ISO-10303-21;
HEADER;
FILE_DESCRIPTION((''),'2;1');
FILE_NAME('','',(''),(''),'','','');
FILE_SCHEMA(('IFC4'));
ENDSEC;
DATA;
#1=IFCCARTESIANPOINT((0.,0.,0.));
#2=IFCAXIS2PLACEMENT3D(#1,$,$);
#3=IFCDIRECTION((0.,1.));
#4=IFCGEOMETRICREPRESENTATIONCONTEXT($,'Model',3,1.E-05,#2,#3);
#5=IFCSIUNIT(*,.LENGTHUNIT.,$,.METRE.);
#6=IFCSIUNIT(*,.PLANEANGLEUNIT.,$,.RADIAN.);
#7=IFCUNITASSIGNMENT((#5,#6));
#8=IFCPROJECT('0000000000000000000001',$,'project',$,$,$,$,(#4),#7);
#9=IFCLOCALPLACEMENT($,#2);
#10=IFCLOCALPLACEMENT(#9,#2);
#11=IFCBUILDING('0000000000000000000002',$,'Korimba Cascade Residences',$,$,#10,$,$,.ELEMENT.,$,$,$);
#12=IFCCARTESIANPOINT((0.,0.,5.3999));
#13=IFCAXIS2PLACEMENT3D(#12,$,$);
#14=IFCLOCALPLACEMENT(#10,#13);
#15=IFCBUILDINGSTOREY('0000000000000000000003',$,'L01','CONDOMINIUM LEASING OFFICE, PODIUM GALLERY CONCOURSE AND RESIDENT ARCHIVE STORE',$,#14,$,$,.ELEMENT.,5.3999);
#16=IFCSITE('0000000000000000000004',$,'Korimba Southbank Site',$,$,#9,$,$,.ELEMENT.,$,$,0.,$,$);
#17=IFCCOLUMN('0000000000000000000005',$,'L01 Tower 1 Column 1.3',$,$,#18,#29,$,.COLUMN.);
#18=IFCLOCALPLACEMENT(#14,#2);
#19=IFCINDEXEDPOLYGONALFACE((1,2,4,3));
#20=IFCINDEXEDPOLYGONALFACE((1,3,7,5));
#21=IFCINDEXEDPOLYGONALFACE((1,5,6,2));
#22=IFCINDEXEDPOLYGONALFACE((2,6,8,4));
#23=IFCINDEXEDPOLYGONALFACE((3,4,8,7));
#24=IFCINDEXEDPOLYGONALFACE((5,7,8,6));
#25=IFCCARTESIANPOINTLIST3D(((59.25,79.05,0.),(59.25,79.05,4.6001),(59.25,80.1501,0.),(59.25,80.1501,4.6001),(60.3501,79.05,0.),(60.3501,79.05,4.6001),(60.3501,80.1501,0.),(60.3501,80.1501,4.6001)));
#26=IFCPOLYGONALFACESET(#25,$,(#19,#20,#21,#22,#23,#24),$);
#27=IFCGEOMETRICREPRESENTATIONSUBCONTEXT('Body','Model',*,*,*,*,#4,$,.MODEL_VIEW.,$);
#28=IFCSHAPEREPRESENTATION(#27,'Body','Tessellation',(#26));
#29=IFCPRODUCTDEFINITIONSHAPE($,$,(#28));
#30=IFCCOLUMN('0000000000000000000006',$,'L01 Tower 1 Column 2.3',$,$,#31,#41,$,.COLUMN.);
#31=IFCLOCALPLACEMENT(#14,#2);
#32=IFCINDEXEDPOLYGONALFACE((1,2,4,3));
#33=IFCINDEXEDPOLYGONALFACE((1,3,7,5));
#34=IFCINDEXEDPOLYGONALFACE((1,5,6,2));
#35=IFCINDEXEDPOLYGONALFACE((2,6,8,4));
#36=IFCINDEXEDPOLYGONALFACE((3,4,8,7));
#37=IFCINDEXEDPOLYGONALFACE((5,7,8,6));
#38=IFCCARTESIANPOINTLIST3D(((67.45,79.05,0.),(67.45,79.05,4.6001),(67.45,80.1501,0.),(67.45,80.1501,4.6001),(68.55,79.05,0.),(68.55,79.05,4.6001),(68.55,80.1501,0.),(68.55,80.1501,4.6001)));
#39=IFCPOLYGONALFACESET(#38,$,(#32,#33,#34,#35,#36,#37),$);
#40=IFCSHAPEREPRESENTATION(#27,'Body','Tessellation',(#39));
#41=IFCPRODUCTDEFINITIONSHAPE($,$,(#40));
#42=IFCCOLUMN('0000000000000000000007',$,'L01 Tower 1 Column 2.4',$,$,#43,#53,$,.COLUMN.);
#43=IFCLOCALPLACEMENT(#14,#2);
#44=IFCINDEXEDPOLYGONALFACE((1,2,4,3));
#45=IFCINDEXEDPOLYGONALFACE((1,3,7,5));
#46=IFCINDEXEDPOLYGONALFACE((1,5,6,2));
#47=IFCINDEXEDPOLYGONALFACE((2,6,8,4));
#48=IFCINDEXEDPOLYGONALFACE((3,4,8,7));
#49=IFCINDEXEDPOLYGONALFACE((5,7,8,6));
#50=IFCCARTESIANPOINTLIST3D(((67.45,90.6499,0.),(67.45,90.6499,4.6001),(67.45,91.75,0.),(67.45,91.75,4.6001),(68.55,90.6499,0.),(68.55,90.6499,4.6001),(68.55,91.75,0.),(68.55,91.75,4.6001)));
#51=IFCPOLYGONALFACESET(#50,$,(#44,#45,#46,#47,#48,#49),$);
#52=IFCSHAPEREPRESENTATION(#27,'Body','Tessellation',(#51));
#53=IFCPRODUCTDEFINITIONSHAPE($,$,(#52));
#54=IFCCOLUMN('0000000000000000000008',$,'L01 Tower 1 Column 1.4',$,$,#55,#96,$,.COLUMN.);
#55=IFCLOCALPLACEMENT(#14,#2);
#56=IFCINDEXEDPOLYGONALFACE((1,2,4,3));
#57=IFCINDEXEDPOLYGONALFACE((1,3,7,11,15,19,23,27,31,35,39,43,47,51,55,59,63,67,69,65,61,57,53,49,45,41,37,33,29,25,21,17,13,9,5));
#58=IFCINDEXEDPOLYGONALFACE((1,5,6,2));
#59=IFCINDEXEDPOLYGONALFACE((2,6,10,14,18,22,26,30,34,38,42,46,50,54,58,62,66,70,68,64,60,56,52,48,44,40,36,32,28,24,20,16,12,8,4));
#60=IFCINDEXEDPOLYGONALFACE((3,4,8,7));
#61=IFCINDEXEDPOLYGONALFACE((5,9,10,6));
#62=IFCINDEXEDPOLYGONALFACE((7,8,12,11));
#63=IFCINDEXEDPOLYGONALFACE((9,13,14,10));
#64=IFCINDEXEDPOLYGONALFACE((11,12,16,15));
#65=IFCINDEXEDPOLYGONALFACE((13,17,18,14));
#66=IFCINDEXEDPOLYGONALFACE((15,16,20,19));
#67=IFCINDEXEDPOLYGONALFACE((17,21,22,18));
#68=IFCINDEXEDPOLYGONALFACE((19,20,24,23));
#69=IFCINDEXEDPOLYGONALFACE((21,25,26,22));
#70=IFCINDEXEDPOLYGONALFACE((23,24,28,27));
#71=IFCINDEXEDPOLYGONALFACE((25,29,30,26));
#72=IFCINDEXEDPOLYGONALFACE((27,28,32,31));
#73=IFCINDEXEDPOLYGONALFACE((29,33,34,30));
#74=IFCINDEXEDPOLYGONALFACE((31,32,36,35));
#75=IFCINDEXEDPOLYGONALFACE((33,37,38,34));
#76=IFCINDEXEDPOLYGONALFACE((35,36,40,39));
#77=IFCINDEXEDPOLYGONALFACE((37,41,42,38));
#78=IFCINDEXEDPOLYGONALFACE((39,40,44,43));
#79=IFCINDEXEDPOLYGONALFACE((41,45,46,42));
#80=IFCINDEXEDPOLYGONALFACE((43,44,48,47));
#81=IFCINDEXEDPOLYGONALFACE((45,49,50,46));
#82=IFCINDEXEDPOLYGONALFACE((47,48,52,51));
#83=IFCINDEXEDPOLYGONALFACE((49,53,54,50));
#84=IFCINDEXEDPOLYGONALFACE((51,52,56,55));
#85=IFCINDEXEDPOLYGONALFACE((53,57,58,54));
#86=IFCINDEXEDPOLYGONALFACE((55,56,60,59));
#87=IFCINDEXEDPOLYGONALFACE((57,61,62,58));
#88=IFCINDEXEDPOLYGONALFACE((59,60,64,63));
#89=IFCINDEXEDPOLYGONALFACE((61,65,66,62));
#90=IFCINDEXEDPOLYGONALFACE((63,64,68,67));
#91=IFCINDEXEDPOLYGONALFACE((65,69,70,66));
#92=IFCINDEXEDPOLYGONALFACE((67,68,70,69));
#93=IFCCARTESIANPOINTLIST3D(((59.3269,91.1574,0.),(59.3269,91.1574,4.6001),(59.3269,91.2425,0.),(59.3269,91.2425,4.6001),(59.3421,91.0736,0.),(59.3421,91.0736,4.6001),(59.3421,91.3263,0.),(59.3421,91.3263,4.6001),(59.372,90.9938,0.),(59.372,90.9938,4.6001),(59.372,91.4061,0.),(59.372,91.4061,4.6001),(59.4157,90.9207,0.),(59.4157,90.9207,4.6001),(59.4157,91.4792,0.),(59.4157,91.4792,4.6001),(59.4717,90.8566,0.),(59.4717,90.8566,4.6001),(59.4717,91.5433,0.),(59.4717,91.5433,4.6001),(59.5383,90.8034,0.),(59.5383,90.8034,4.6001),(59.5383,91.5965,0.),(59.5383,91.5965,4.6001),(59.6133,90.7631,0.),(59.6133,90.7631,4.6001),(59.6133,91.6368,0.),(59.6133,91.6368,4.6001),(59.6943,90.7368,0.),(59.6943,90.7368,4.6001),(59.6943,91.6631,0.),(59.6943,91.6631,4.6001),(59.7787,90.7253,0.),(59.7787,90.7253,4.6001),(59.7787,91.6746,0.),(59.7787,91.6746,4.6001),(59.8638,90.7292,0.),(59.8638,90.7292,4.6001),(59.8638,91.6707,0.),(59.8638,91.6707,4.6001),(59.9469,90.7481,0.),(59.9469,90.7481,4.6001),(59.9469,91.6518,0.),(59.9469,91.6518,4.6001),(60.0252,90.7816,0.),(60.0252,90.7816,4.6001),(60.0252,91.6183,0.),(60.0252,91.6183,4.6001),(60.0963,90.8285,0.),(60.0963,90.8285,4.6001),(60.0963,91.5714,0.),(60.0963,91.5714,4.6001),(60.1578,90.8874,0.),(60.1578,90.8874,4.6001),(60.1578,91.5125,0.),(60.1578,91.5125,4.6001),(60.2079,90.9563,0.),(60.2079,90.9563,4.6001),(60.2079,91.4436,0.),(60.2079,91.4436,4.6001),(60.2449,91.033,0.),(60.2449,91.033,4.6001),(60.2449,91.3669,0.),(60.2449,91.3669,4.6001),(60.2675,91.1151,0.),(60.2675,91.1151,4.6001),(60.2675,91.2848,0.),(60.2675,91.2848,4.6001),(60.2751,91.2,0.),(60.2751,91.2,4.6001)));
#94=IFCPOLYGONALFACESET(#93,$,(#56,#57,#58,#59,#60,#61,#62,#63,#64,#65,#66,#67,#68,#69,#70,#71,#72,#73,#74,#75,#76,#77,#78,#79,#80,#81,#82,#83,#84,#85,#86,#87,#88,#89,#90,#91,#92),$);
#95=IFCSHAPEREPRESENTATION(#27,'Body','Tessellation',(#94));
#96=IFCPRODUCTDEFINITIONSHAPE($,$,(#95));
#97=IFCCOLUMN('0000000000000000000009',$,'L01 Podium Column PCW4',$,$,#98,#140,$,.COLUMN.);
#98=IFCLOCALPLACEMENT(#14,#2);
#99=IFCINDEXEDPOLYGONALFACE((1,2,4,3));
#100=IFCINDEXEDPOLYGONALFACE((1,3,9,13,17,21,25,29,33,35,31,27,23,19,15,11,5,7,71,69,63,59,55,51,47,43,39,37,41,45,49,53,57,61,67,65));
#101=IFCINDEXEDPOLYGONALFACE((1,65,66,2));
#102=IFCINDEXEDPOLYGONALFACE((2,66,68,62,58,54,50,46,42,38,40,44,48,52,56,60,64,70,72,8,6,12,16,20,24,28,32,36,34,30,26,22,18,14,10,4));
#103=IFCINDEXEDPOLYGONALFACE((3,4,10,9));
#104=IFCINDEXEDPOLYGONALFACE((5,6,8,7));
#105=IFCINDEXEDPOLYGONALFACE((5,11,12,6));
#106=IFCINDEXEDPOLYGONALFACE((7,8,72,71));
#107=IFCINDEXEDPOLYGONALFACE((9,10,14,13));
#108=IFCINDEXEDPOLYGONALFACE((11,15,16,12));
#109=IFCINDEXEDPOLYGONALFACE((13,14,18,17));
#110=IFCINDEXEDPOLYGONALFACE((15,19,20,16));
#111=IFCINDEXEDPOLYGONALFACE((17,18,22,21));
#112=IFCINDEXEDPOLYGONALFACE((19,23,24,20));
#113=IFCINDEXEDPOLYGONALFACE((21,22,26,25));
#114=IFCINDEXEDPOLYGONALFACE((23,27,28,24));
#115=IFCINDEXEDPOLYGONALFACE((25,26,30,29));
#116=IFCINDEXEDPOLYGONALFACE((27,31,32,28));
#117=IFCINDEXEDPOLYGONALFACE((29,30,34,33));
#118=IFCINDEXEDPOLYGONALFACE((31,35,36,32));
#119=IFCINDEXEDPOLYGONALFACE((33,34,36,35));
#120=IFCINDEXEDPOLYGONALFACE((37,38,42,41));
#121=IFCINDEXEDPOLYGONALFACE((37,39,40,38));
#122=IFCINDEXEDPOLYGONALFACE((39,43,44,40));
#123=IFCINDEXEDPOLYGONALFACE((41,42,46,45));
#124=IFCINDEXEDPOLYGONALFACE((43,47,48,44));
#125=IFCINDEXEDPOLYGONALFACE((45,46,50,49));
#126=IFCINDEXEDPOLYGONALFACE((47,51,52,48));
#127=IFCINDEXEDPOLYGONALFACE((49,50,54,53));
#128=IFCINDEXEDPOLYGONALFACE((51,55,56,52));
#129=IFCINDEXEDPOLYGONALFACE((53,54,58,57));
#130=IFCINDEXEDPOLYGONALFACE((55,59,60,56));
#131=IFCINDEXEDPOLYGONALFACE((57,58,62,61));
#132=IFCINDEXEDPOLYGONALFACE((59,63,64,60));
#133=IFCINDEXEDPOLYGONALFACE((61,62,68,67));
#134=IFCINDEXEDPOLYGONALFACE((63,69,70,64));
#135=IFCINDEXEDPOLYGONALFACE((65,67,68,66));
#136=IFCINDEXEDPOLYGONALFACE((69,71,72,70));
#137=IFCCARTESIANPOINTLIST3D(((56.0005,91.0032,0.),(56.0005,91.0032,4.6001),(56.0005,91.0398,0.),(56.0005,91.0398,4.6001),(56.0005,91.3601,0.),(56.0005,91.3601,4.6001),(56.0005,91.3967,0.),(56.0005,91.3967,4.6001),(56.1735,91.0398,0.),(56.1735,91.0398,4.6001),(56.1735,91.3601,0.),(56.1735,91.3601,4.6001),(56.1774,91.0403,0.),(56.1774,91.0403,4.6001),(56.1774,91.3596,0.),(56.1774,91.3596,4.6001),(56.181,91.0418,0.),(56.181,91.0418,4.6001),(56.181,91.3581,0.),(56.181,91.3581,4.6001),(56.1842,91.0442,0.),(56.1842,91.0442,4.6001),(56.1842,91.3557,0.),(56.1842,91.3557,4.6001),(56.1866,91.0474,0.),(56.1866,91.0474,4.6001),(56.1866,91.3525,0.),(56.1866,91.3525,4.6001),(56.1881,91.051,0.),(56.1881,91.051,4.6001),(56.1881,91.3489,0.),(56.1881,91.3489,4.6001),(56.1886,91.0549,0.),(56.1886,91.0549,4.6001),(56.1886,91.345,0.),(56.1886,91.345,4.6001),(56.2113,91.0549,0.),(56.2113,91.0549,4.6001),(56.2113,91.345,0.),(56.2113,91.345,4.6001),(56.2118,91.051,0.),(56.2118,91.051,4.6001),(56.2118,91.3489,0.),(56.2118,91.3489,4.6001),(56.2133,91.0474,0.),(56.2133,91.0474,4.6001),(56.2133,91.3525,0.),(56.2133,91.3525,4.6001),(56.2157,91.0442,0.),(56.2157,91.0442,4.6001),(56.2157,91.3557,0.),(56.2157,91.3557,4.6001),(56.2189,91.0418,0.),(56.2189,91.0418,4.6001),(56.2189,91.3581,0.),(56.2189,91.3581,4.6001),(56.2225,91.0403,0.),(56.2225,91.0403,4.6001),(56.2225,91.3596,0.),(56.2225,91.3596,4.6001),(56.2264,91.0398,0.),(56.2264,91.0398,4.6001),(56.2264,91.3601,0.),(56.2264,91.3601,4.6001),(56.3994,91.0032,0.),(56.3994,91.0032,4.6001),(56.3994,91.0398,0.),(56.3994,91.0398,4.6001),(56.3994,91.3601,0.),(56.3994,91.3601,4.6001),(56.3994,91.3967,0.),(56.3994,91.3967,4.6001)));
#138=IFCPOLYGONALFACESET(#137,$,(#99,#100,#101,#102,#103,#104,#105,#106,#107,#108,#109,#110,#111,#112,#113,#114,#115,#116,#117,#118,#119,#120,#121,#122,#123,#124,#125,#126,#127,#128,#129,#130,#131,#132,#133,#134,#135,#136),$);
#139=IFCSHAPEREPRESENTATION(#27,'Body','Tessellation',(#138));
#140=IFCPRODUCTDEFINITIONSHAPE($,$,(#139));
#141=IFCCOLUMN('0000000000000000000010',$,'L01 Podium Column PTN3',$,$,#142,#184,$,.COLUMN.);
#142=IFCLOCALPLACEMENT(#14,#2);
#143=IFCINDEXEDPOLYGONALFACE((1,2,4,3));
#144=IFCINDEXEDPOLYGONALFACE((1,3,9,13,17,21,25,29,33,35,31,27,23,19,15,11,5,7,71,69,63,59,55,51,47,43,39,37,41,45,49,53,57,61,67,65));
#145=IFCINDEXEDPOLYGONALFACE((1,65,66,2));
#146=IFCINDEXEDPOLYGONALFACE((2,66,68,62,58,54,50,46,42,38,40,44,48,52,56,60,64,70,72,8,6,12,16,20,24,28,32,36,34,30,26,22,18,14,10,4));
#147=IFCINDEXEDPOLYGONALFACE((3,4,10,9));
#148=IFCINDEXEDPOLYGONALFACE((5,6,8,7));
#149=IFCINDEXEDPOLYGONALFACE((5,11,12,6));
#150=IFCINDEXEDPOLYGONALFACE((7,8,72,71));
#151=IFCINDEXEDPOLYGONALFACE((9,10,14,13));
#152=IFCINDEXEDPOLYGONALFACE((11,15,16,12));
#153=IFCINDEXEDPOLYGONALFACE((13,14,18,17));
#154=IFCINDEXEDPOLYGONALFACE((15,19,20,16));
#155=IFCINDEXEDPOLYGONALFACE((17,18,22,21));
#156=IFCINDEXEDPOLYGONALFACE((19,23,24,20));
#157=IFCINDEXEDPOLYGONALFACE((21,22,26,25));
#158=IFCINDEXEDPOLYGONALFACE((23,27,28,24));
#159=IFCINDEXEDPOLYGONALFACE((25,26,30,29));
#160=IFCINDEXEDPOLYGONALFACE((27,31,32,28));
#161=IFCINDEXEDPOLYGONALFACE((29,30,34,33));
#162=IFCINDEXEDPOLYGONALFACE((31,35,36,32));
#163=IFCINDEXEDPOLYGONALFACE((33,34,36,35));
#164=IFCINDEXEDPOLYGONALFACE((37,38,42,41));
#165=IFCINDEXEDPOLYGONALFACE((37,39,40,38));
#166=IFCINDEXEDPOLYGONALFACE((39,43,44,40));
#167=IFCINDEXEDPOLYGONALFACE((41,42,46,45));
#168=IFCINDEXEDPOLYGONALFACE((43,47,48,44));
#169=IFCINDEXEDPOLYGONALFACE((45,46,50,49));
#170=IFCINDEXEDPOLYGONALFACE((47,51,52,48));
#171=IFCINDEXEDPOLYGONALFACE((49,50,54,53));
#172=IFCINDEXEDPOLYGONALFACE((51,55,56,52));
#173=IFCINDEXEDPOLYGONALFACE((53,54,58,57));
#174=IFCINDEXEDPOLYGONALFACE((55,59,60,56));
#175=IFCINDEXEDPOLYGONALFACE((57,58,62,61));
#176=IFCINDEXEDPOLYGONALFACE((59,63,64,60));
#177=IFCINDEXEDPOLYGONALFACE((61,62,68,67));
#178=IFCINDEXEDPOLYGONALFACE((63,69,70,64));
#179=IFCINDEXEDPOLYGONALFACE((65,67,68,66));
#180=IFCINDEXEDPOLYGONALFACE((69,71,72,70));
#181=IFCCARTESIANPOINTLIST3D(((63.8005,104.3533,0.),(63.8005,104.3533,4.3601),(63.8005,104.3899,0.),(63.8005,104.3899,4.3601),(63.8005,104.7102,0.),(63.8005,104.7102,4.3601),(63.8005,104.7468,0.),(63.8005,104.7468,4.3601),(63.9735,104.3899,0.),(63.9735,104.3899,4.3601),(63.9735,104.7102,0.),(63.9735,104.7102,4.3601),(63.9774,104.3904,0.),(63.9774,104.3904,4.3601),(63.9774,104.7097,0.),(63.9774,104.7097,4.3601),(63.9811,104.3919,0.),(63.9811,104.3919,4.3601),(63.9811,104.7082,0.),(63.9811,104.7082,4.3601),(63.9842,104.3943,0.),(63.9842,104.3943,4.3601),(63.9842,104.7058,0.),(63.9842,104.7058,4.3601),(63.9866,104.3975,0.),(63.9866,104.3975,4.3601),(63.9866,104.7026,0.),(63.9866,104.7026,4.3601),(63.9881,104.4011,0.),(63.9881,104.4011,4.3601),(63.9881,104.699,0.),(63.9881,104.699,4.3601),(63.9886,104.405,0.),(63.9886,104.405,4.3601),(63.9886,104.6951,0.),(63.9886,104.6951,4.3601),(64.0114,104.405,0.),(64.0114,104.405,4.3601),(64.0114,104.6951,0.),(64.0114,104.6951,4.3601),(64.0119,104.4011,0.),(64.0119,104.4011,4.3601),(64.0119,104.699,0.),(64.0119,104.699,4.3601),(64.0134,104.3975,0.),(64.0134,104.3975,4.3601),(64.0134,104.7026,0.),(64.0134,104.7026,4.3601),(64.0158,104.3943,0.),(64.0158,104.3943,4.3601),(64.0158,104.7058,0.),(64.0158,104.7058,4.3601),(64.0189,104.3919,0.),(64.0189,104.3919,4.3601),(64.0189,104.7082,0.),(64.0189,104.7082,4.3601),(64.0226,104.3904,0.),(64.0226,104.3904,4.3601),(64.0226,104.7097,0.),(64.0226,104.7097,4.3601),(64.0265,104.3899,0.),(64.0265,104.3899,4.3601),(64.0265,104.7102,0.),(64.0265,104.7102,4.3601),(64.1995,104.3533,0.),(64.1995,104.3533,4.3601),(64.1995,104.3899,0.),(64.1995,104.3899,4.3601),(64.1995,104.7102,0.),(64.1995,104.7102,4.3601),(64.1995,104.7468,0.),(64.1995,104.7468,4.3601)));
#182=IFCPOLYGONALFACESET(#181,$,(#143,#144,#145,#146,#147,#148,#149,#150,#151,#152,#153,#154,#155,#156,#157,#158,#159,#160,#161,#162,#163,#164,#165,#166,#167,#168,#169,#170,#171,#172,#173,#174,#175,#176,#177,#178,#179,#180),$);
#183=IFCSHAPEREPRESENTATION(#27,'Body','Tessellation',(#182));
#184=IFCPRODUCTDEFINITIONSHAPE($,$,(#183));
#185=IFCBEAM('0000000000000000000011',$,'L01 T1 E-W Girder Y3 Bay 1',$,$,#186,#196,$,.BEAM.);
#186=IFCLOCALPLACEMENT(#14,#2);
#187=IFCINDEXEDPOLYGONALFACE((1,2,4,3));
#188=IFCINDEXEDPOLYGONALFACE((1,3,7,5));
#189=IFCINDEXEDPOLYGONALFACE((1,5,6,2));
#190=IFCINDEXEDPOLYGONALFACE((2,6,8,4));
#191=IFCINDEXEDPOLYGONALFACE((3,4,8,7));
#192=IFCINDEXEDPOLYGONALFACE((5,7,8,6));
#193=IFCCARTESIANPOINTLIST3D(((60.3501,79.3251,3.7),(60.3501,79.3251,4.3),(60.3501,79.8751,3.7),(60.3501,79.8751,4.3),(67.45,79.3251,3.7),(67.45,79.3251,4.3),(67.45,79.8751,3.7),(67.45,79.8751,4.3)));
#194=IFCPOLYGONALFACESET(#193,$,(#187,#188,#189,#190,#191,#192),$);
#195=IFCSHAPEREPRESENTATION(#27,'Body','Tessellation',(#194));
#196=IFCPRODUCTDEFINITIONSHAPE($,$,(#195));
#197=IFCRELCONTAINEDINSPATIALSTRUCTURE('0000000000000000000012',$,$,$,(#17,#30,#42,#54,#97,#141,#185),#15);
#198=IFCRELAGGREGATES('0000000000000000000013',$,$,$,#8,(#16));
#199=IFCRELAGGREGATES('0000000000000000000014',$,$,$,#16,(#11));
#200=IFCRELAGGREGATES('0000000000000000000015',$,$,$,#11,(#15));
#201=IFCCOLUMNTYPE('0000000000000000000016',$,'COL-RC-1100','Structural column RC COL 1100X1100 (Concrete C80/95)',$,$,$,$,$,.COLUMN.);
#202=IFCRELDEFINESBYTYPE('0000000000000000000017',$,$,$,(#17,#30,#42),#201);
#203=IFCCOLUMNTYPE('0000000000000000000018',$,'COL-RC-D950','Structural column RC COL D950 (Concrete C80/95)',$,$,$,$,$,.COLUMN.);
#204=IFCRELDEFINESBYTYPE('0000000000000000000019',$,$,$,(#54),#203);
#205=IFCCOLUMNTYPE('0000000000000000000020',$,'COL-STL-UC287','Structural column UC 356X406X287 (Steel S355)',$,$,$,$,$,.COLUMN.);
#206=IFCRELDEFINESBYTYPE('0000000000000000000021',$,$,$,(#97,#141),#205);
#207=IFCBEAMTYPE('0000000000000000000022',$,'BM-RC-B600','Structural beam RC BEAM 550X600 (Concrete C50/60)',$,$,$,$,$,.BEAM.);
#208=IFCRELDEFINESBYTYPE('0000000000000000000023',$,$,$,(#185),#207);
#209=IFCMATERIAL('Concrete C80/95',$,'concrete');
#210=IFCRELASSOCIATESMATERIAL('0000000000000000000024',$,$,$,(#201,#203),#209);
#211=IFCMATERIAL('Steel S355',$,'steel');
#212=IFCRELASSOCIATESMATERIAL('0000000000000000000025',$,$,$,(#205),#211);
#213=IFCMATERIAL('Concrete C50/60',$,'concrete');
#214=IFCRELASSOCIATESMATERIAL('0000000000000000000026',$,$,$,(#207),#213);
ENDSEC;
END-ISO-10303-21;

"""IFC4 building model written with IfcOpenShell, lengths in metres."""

from ifc_helpers import new_model, si_unit, direction, frame, origin, origin_2d, place, context, subcontext, project, spatial, rectangle, circle, i_section, extrude, material, material_profile, profile_set, type_object, element, save


model = new_model("IFC4")

# Units and contexts
model_context = context("Model", 3, precision=1e-05, world=origin(), true_north=direction((0.0, 1.0)))
body_context = subcontext(model_context, "Body", "Model", "MODEL_VIEW")
ifc_project = project(units=[si_unit("LENGTHUNIT", "METRE"), si_unit("PLANEANGLEUNIT", "RADIAN")], contexts=[model_context])

# Site, building, storey
site_placement = place(None, origin())
site = spatial("IfcSite", under=ifc_project, at=site_placement, Name="Korimba Southbank Site", CompositionType="ELEMENT", RefElevation=0.0)
building_placement = place(site_placement, origin())
building = spatial("IfcBuilding", under=site, at=building_placement, Name="Korimba Cascade Residences", CompositionType="ELEMENT")
storey_placement = place(building_placement, frame((0.0, 0.0, 5.3999)))
storey = spatial("IfcBuildingStorey", under=building, at=storey_placement, Name="L01", Description="CONDOMINIUM LEASING OFFICE, PODIUM GALLERY CONCOURSE AND RESIDENT ARCHIVE STORE", CompositionType="ELEMENT", Elevation=5.3999)

# Columns
ifc_material_1 = material(Name="Concrete C80/95", Category="concrete")
ifc_material_profile_1 = material_profile(ifc_material_1, rectangle(XDim=1.1001, YDim=1.1001, at=origin_2d()), Name="Concrete C80/95")
ifc_profile_set_1 = profile_set([ifc_material_profile_1], Name="Concrete C80/95")
column_type_1 = type_object("IfcColumnType", Name="COL-RC-1100", Description="Structural column RC COL 1100X1100 (Concrete C80/95)", PredefinedType="COLUMN", material=ifc_profile_set_1)
for number, where, z_axis, x_axis, name in (
    (1, (59.8, 79.6001, 0.0), (0.0, 0.0, 1.0), (1.0, 0.0, 0.0), "L01 Tower 1 Column 1.3"),
    (2, (68.0, 79.6001, 0.0), (0.0, 0.0, 1.0), (1.0, 0.0, 0.0), "L01 Tower 1 Column 2.3"),
    (3, (68.0, 91.2, 0.0), (0.0, 0.0, 1.0), (1.0, 0.0, 0.0), "L01 Tower 1 Column 2.4"),
):
    element("IfcColumn", number, at=place(storey_placement, frame(where, z_axis=z_axis, x_axis=x_axis)), inside=storey, type_object=column_type_1, Name=name, PredefinedType="COLUMN", context=body_context, shape_type="SweptSolid", body=[
        extrude(rectangle(XDim=1.1001, YDim=1.1001, at=origin_2d()), origin(), (0.0, 0.0, 1.0), 4.6001),
    ])
ifc_material_profile_2 = material_profile(ifc_material_1, circle(Radius=0.4751, at=origin_2d()), Name="Concrete C80/95")
ifc_profile_set_2 = profile_set([ifc_material_profile_2], Name="Concrete C80/95")
column_type_2 = type_object("IfcColumnType", Name="COL-RC-D950", Description="Structural column RC COL D950 (Concrete C80/95)", PredefinedType="COLUMN", material=ifc_profile_set_2)
column_1_placement = place(storey_placement, frame((59.8, 91.2, 0.0), z_axis=(0.0, 0.0, 1.0), x_axis=(1.0, 0.0, 0.0)))
element("IfcColumn", 4, at=column_1_placement, inside=storey, type_object=column_type_2, Name="L01 Tower 1 Column 1.4", PredefinedType="COLUMN", context=body_context, shape_type="SweptSolid", body=[
    extrude(circle(Radius=0.4751, at=origin_2d()), origin(), (0.0, 0.0, 1.0), 4.6001),
])
ifc_material_2 = material(Name="Steel S355", Category="steel")
ifc_material_profile_3 = material_profile(ifc_material_2, i_section(OverallWidth=0.3989, OverallDepth=0.3936, WebThickness=0.0227, FlangeThickness=0.0366, FilletRadius=0.0151, at=origin_2d()), Name="Steel S355")
ifc_profile_set_3 = profile_set([ifc_material_profile_3], Name="Steel S355")
column_type_3 = type_object("IfcColumnType", Name="COL-STL-UC287", Description="Structural column UC 356X406X287 (Steel S355)", PredefinedType="COLUMN", material=ifc_profile_set_3)
column_2_placement = place(storey_placement, frame((56.2, 91.2, 0.0), z_axis=(0.0, 0.0, 1.0), x_axis=(1.0, 0.0, 0.0)))
element("IfcColumn", 5, at=column_2_placement, inside=storey, type_object=column_type_3, Name="L01 Podium Column PCW4", PredefinedType="COLUMN", context=body_context, shape_type="SweptSolid", body=[
    extrude(i_section(OverallWidth=0.3989, OverallDepth=0.3936, WebThickness=0.0227, FlangeThickness=0.0366, FilletRadius=0.0151, at=origin_2d()), origin(), (0.0, 0.0, 1.0), 4.6001),
])
column_3_placement = place(storey_placement, frame((64.0, 104.55, 0.0), z_axis=(0.0, 0.0, 1.0), x_axis=(1.0, 0.0, 0.0)))
element("IfcColumn", 6, at=column_3_placement, inside=storey, type_object=column_type_3, Name="L01 Podium Column PTN3", PredefinedType="COLUMN", context=body_context, shape_type="SweptSolid", body=[
    extrude(i_section(OverallWidth=0.3989, OverallDepth=0.3936, WebThickness=0.0227, FlangeThickness=0.0366, FilletRadius=0.0151, at=origin_2d()), origin(), (0.0, 0.0, 1.0), 4.3601),
])

# Beam
ifc_material_3 = material(Name="Concrete C50/60", Category="concrete")
ifc_material_profile_4 = material_profile(ifc_material_3, rectangle(XDim=0.55, YDim=0.6001, at=origin_2d()), Name="Concrete C50/60")
ifc_profile_set_4 = profile_set([ifc_material_profile_4], Name="Concrete C50/60")
beam_type_1 = type_object("IfcBeamType", Name="BM-RC-B600", Description="Structural beam RC BEAM 550X600 (Concrete C50/60)", PredefinedType="BEAM", material=ifc_profile_set_4)
beam_1_placement = place(storey_placement, frame((60.3501, 79.6001, 4.0), z_axis=(1.0, 0.0, 0.0), x_axis=(0.0, 1.0, 0.0)))
element("IfcBeam", 7, at=beam_1_placement, inside=storey, type_object=beam_type_1, Name="L01 T1 E-W Girder Y3 Bay 1", PredefinedType="BEAM", context=body_context, shape_type="SweptSolid", body=[
    extrude(rectangle(XDim=0.55, YDim=0.6001, at=origin_2d()), origin(), (0.0, 0.0, 1.0), 7.0999),
])

save(model, "model.ifc")
